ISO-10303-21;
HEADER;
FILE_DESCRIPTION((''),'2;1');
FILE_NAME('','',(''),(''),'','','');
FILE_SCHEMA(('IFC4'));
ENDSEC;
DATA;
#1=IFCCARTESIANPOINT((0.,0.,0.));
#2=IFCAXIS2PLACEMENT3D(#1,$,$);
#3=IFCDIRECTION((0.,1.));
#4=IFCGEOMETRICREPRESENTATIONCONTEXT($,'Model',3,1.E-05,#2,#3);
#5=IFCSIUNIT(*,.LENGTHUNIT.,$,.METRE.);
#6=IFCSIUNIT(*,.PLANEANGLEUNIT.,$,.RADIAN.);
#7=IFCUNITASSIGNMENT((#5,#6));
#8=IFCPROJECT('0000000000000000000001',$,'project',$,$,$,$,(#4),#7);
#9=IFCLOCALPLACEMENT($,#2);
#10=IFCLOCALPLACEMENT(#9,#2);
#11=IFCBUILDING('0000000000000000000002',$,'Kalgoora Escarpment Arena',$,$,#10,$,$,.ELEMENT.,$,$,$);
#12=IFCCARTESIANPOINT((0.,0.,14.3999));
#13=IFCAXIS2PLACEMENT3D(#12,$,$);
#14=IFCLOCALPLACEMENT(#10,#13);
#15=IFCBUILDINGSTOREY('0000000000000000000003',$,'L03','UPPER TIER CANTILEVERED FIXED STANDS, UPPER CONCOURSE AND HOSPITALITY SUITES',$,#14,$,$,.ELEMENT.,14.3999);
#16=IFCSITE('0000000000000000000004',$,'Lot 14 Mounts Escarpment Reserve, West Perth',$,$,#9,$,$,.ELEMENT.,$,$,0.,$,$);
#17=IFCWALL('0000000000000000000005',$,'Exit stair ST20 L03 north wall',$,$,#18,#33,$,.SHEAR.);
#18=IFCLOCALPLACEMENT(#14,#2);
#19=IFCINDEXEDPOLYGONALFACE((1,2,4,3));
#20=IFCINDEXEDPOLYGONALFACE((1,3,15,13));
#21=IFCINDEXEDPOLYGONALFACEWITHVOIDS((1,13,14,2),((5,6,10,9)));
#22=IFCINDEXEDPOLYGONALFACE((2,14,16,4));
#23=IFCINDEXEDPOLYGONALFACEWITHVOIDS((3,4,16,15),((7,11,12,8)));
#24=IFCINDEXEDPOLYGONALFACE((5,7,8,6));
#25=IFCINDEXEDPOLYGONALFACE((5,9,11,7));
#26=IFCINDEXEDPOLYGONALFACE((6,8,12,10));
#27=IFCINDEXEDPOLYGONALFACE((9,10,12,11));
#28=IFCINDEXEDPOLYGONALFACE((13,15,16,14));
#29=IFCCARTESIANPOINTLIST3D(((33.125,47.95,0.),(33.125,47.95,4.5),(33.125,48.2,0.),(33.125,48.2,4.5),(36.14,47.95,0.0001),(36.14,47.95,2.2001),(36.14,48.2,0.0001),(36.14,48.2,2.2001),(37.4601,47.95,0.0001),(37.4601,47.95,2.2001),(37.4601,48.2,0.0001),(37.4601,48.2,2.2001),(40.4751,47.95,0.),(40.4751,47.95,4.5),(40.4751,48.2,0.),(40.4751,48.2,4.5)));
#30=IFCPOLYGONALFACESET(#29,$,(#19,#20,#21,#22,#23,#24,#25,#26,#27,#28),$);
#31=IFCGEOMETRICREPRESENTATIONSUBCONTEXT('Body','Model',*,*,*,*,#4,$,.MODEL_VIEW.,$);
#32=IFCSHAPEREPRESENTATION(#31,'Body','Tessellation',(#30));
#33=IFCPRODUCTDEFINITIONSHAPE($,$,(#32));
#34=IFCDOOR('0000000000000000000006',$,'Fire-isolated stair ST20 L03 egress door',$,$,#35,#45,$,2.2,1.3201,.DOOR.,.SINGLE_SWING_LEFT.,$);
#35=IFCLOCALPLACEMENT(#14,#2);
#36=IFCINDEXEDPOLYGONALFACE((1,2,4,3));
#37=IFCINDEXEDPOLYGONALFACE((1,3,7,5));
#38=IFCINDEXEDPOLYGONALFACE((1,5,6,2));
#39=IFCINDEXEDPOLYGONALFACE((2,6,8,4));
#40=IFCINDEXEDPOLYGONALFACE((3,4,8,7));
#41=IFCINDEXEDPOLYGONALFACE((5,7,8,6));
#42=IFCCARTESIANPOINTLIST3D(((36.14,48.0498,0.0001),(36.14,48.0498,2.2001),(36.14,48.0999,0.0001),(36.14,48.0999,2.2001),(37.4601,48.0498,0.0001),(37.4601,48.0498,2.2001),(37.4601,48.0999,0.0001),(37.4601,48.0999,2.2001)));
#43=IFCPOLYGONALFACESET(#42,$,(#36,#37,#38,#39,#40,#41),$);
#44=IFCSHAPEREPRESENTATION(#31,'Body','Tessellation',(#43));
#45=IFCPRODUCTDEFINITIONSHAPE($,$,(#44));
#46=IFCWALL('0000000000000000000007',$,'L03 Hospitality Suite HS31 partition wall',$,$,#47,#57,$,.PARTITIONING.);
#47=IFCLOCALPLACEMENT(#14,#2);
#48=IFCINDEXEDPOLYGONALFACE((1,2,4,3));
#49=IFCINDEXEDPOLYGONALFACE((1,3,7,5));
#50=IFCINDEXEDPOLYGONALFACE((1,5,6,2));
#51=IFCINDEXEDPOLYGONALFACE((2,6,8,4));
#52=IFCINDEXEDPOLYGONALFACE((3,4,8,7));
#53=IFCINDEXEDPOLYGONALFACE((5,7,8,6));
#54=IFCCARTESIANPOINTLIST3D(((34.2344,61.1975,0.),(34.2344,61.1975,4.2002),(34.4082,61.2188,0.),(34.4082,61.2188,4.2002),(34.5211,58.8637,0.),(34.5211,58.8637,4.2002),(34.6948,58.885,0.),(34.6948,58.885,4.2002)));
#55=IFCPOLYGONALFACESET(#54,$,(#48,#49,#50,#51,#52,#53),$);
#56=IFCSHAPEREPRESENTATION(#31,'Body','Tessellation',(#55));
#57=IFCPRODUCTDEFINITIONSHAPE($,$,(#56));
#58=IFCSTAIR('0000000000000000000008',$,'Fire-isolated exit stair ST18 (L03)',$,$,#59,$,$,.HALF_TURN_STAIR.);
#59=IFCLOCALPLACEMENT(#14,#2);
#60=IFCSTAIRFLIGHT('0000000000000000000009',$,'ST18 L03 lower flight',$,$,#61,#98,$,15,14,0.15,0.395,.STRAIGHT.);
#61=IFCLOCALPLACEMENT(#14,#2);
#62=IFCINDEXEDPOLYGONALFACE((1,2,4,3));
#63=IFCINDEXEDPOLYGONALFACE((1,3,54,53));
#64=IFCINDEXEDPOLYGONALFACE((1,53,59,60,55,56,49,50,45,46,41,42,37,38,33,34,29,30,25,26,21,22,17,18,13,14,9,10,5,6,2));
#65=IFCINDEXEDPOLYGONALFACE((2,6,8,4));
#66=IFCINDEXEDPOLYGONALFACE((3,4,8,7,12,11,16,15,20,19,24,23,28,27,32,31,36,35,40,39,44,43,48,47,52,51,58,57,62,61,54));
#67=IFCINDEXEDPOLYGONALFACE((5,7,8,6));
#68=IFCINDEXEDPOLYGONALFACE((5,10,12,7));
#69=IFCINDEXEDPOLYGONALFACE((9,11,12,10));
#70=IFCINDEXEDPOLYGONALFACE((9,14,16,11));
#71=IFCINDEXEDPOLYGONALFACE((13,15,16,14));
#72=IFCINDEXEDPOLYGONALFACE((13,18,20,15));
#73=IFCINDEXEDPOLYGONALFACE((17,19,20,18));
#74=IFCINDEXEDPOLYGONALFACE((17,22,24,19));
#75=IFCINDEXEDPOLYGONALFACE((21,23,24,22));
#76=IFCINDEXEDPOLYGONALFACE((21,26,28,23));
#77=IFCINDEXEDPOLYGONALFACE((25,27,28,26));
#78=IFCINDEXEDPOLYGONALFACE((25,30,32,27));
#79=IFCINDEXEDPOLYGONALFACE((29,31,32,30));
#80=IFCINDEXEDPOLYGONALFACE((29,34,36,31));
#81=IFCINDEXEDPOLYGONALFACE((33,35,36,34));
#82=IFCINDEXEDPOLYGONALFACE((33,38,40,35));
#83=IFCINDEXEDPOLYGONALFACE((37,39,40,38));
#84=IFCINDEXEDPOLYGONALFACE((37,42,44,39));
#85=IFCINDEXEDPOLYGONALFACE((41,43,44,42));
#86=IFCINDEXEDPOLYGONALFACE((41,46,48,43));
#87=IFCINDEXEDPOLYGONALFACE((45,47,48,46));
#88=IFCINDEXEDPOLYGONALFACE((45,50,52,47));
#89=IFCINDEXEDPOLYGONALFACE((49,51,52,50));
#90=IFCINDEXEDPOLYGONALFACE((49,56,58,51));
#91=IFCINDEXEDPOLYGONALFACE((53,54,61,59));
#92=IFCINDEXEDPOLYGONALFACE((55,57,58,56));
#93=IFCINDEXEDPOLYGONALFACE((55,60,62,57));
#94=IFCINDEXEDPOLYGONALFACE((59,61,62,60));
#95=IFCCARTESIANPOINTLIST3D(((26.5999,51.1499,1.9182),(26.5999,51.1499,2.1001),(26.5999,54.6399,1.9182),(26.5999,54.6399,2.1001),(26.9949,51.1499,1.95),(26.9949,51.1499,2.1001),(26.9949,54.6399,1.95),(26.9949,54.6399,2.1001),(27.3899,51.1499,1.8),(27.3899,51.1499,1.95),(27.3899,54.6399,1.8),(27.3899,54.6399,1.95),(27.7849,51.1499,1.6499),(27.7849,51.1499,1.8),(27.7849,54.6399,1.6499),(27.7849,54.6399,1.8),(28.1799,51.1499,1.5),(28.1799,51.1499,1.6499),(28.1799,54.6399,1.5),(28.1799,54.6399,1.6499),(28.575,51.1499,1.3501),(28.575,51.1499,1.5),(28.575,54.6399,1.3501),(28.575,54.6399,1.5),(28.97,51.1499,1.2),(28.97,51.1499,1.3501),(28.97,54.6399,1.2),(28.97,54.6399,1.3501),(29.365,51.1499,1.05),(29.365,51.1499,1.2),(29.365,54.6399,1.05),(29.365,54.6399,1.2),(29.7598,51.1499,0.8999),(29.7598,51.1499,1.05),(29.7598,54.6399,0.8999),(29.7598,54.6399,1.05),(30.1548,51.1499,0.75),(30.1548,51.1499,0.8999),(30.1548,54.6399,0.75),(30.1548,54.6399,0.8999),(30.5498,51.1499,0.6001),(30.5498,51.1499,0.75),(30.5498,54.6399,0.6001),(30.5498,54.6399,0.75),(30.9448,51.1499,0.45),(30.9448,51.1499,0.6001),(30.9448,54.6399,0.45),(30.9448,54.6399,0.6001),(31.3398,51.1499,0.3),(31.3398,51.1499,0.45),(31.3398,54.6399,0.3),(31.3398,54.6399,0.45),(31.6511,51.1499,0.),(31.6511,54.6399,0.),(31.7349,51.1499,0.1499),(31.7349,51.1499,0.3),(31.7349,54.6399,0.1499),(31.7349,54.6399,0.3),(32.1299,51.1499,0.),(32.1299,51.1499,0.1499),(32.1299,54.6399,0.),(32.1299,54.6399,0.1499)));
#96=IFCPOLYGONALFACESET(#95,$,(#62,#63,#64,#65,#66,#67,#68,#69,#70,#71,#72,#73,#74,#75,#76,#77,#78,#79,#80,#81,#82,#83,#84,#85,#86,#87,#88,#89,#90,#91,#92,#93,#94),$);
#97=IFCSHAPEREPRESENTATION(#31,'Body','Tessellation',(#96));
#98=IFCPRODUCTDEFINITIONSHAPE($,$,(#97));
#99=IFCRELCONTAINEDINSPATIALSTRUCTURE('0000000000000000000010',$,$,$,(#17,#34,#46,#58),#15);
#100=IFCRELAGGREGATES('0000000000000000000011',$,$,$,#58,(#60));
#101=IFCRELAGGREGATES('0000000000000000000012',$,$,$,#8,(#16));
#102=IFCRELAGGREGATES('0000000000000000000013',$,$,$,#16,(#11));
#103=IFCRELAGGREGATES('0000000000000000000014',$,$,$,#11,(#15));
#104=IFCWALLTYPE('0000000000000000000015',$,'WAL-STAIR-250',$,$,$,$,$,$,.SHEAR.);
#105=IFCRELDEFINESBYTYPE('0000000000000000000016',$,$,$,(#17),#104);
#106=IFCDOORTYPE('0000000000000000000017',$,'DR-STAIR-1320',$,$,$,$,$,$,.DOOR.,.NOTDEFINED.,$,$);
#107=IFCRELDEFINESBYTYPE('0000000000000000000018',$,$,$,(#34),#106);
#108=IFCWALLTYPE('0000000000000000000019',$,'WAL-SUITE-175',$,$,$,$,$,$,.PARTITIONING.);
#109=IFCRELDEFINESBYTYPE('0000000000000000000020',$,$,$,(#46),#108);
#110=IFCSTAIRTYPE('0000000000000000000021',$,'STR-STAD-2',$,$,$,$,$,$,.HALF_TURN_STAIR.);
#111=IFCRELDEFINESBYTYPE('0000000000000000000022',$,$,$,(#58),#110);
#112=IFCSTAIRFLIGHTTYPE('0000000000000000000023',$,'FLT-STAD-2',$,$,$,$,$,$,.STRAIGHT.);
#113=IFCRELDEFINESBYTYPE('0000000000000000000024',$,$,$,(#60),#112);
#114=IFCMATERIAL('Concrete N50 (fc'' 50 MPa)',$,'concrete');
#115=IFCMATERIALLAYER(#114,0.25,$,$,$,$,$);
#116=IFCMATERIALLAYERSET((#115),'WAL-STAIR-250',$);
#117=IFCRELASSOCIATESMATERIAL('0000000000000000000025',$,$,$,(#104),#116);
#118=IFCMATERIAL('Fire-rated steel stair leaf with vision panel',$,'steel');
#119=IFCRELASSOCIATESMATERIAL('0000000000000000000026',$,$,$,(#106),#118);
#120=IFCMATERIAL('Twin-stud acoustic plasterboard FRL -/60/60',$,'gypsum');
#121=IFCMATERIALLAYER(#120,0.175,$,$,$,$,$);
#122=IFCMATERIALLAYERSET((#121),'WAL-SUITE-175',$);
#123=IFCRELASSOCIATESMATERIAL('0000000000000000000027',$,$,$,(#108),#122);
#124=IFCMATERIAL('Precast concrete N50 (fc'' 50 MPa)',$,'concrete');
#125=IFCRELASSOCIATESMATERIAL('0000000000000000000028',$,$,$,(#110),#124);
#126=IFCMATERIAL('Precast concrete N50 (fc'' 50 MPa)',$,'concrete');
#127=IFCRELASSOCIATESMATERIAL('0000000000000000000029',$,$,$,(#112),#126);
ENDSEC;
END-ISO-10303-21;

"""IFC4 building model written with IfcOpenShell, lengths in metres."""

from ifc_helpers import new_model, si_unit, direction, frame, frame_2d, origin, place, context, subcontext, project, spatial, polyline, rectangle, outline, extrude, material, layer, layer_set, type_object, element, fill, aggregate, save


model = new_model("IFC4")

# Units and contexts
model_context = context("Model", 3, precision=1e-05, world=origin(), true_north=direction((0.0, 1.0)))
body_context = subcontext(model_context, "Body", "Model", "MODEL_VIEW")
ifc_project = project(units=[si_unit("LENGTHUNIT", "METRE"), si_unit("PLANEANGLEUNIT", "RADIAN")], contexts=[model_context])

# Site, building, storey
site_placement = place(None, origin())
site = spatial("IfcSite", under=ifc_project, at=site_placement, Name="Lot 14 Mounts Escarpment Reserve, West Perth", CompositionType="ELEMENT", RefElevation=0.0)
building_placement = place(site_placement, origin())
building = spatial("IfcBuilding", under=site, at=building_placement, Name="Kalgoora Escarpment Arena", CompositionType="ELEMENT")
storey_placement = place(building_placement, frame((0.0, 0.0, 14.3999)))
storey = spatial("IfcBuildingStorey", under=building, at=storey_placement, Name="L03", Description="UPPER TIER CANTILEVERED FIXED STANDS, UPPER CONCOURSE AND HOSPITALITY SUITES", CompositionType="ELEMENT", Elevation=14.3999)

# Wall, opening, door
ifc_material_1 = material(Name="Concrete N50 (fc' 50 MPa)", Category="concrete")
ifc_layer_1 = layer(ifc_material_1, 0.25)
ifc_layer_set_1 = layer_set([ifc_layer_1], Name="WAL-STAIR-250")
wall_type_1 = type_object("IfcWallType", Name="WAL-STAIR-250", PredefinedType="SHEAR", material=ifc_layer_set_1)
ifc_material_2 = material(Name="Fire-rated steel stair leaf with vision panel", Category="steel")
door_type = type_object("IfcDoorType", Name="DR-STAIR-1320", OperationType="NOTDEFINED", PredefinedType="DOOR", material=ifc_material_2)
wall_1_placement = place(storey_placement, frame((33.125, 48.075, 0.0), z_axis=(0.0, 0.0, 1.0), x_axis=(1.0, 0.0, 0.0)))
wall_1 = element("IfcWall", 1, at=wall_1_placement, inside=storey, type_object=wall_type_1, Name="Exit stair ST20 L03 north wall", PredefinedType="SHEAR", context=body_context, shape_type="SweptSolid", body=[
    extrude(rectangle(XDim=7.3501, YDim=0.25, at=frame_2d((3.675, 0.0))), origin(), (0.0, 0.0, 1.0), 4.5),
])
opening_1_placement = place(wall_1_placement, frame((3.0149, 0.0, 0.0)))
opening_1 = element("IfcOpeningElement", 2, at=opening_1_placement, cuts=wall_1, PredefinedType="OPENING", context=body_context, shape_type="SweptSolid", body=[
    extrude(rectangle(XDim=1.3201, YDim=2.2, at=frame_2d((0.6602, 1.1001))), frame((0.0, 0.135, 0.0), z_axis=(0.0, -1.0, 0.0), x_axis=(1.0, 0.0, 0.0)), (0.0, 0.0, 1.0), 0.27),
])
door_1_placement = place(opening_1_placement, origin())
door_1 = element("IfcDoor", 3, at=door_1_placement, inside=storey, type_object=door_type, Name="Fire-isolated stair ST20 L03 egress door", OperationType="SINGLE_SWING_LEFT", OverallHeight=2.2, OverallWidth=1.3201, PredefinedType="DOOR", context=body_context, shape_type="SweptSolid", body=[
    extrude(rectangle(XDim=1.3201, YDim=2.2, at=frame_2d((0.6602, 1.1001))), frame((0.0, 0.0249, 0.0), z_axis=(0.0, -1.0, 0.0), x_axis=(1.0, 0.0, 0.0)), (0.0, 0.0, 1.0), 0.05),
])
fill(opening_1, door_1)

# Wall
ifc_material_3 = material(Name="Twin-stud acoustic plasterboard FRL -/60/60", Category="gypsum")
ifc_layer_2 = layer(ifc_material_3, 0.175)
ifc_layer_set_2 = layer_set([ifc_layer_2], Name="WAL-SUITE-175")
wall_type_2 = type_object("IfcWallType", Name="WAL-SUITE-175", PredefinedType="PARTITIONING", material=ifc_layer_set_2)
wall_2_placement = place(storey_placement, frame((34.3213, 61.2083, 0.0), z_axis=(0.0, 0.0, 1.0), x_axis=(0.1219, -0.992542, 0.0)))
element("IfcWall", 4, at=wall_2_placement, inside=storey, type_object=wall_type_2, Name="L03 Hospitality Suite HS31 partition wall", PredefinedType="PARTITIONING", context=body_context, shape_type="SweptSolid", body=[
    extrude(rectangle(XDim=2.3513, YDim=0.175, at=frame_2d((1.1758, 0.0))), origin(), (0.0, 0.0, 1.0), 4.2002),
])

# Stair, stair flight
ifc_material_4 = material(Name="Precast concrete N50 (fc' 50 MPa)", Category="concrete")
stair_type = type_object("IfcStairType", Name="STR-STAD-2", PredefinedType="HALF_TURN_STAIR", material=ifc_material_4)
stair_placement = place(storey_placement, origin())
stair = element("IfcStair", 5, at=stair_placement, inside=storey, type_object=stair_type, Name="Fire-isolated exit stair ST18 (L03)", PredefinedType="HALF_TURN_STAIR")
ifc_material_5 = material(Name="Precast concrete N50 (fc' 50 MPa)", Category="concrete")
stair_flight_type = type_object("IfcStairFlightType", Name="FLT-STAD-2", PredefinedType="STRAIGHT", material=ifc_material_5)
stair_flight_placement = place(storey_placement, frame((32.1299, 52.895, 0.0), z_axis=(0.0, 0.0, 1.0), x_axis=(-1.0, 0.0, 0.0)))
stair_flight = element("IfcStairFlight", 6, at=stair_flight_placement, type_object=stair_flight_type, Name="ST18 L03 lower flight", NumberOfRisers=15, NumberOfTreads=14, PredefinedType="STRAIGHT", RiserHeight=0.15, TreadLength=0.395, context=body_context, shape_type="SweptSolid", body=[
    extrude(outline(polyline([(0.0, 0.0), (0.0, 0.1499), (0.395, 0.1499), (0.395, 0.3), (0.79, 0.3), (0.79, 0.45), (1.1851, 0.45), (1.1851, 0.6001), (1.5801, 0.6001), (1.5801, 0.75), (1.9751, 0.75), (1.9751, 0.8999), (2.3701, 0.8999), (2.3701, 1.05), (2.7649, 1.05), (2.7649, 1.2), (3.1599, 1.2), (3.1599, 1.3501), (3.5549, 1.3501), (3.5549, 1.5), (3.95, 1.5), (3.95, 1.6499), (4.345, 1.6499), (4.345, 1.8), (4.74, 1.8), (4.74, 1.95), (5.135, 1.95), (5.135, 2.1001), (5.53, 2.1001), (5.53, 2.25), (5.53, 1.9182), (0.4788, 0.0), (0.0, 0.0)])), frame((0.0, 1.7451, 0.0), z_axis=(0.0, -1.0, 0.0), x_axis=(1.0, 0.0, 0.0)), (0.0, 0.0, 1.0), 3.49),
])
aggregate(stair, [stair_flight])

save(model, "model.ifc")
